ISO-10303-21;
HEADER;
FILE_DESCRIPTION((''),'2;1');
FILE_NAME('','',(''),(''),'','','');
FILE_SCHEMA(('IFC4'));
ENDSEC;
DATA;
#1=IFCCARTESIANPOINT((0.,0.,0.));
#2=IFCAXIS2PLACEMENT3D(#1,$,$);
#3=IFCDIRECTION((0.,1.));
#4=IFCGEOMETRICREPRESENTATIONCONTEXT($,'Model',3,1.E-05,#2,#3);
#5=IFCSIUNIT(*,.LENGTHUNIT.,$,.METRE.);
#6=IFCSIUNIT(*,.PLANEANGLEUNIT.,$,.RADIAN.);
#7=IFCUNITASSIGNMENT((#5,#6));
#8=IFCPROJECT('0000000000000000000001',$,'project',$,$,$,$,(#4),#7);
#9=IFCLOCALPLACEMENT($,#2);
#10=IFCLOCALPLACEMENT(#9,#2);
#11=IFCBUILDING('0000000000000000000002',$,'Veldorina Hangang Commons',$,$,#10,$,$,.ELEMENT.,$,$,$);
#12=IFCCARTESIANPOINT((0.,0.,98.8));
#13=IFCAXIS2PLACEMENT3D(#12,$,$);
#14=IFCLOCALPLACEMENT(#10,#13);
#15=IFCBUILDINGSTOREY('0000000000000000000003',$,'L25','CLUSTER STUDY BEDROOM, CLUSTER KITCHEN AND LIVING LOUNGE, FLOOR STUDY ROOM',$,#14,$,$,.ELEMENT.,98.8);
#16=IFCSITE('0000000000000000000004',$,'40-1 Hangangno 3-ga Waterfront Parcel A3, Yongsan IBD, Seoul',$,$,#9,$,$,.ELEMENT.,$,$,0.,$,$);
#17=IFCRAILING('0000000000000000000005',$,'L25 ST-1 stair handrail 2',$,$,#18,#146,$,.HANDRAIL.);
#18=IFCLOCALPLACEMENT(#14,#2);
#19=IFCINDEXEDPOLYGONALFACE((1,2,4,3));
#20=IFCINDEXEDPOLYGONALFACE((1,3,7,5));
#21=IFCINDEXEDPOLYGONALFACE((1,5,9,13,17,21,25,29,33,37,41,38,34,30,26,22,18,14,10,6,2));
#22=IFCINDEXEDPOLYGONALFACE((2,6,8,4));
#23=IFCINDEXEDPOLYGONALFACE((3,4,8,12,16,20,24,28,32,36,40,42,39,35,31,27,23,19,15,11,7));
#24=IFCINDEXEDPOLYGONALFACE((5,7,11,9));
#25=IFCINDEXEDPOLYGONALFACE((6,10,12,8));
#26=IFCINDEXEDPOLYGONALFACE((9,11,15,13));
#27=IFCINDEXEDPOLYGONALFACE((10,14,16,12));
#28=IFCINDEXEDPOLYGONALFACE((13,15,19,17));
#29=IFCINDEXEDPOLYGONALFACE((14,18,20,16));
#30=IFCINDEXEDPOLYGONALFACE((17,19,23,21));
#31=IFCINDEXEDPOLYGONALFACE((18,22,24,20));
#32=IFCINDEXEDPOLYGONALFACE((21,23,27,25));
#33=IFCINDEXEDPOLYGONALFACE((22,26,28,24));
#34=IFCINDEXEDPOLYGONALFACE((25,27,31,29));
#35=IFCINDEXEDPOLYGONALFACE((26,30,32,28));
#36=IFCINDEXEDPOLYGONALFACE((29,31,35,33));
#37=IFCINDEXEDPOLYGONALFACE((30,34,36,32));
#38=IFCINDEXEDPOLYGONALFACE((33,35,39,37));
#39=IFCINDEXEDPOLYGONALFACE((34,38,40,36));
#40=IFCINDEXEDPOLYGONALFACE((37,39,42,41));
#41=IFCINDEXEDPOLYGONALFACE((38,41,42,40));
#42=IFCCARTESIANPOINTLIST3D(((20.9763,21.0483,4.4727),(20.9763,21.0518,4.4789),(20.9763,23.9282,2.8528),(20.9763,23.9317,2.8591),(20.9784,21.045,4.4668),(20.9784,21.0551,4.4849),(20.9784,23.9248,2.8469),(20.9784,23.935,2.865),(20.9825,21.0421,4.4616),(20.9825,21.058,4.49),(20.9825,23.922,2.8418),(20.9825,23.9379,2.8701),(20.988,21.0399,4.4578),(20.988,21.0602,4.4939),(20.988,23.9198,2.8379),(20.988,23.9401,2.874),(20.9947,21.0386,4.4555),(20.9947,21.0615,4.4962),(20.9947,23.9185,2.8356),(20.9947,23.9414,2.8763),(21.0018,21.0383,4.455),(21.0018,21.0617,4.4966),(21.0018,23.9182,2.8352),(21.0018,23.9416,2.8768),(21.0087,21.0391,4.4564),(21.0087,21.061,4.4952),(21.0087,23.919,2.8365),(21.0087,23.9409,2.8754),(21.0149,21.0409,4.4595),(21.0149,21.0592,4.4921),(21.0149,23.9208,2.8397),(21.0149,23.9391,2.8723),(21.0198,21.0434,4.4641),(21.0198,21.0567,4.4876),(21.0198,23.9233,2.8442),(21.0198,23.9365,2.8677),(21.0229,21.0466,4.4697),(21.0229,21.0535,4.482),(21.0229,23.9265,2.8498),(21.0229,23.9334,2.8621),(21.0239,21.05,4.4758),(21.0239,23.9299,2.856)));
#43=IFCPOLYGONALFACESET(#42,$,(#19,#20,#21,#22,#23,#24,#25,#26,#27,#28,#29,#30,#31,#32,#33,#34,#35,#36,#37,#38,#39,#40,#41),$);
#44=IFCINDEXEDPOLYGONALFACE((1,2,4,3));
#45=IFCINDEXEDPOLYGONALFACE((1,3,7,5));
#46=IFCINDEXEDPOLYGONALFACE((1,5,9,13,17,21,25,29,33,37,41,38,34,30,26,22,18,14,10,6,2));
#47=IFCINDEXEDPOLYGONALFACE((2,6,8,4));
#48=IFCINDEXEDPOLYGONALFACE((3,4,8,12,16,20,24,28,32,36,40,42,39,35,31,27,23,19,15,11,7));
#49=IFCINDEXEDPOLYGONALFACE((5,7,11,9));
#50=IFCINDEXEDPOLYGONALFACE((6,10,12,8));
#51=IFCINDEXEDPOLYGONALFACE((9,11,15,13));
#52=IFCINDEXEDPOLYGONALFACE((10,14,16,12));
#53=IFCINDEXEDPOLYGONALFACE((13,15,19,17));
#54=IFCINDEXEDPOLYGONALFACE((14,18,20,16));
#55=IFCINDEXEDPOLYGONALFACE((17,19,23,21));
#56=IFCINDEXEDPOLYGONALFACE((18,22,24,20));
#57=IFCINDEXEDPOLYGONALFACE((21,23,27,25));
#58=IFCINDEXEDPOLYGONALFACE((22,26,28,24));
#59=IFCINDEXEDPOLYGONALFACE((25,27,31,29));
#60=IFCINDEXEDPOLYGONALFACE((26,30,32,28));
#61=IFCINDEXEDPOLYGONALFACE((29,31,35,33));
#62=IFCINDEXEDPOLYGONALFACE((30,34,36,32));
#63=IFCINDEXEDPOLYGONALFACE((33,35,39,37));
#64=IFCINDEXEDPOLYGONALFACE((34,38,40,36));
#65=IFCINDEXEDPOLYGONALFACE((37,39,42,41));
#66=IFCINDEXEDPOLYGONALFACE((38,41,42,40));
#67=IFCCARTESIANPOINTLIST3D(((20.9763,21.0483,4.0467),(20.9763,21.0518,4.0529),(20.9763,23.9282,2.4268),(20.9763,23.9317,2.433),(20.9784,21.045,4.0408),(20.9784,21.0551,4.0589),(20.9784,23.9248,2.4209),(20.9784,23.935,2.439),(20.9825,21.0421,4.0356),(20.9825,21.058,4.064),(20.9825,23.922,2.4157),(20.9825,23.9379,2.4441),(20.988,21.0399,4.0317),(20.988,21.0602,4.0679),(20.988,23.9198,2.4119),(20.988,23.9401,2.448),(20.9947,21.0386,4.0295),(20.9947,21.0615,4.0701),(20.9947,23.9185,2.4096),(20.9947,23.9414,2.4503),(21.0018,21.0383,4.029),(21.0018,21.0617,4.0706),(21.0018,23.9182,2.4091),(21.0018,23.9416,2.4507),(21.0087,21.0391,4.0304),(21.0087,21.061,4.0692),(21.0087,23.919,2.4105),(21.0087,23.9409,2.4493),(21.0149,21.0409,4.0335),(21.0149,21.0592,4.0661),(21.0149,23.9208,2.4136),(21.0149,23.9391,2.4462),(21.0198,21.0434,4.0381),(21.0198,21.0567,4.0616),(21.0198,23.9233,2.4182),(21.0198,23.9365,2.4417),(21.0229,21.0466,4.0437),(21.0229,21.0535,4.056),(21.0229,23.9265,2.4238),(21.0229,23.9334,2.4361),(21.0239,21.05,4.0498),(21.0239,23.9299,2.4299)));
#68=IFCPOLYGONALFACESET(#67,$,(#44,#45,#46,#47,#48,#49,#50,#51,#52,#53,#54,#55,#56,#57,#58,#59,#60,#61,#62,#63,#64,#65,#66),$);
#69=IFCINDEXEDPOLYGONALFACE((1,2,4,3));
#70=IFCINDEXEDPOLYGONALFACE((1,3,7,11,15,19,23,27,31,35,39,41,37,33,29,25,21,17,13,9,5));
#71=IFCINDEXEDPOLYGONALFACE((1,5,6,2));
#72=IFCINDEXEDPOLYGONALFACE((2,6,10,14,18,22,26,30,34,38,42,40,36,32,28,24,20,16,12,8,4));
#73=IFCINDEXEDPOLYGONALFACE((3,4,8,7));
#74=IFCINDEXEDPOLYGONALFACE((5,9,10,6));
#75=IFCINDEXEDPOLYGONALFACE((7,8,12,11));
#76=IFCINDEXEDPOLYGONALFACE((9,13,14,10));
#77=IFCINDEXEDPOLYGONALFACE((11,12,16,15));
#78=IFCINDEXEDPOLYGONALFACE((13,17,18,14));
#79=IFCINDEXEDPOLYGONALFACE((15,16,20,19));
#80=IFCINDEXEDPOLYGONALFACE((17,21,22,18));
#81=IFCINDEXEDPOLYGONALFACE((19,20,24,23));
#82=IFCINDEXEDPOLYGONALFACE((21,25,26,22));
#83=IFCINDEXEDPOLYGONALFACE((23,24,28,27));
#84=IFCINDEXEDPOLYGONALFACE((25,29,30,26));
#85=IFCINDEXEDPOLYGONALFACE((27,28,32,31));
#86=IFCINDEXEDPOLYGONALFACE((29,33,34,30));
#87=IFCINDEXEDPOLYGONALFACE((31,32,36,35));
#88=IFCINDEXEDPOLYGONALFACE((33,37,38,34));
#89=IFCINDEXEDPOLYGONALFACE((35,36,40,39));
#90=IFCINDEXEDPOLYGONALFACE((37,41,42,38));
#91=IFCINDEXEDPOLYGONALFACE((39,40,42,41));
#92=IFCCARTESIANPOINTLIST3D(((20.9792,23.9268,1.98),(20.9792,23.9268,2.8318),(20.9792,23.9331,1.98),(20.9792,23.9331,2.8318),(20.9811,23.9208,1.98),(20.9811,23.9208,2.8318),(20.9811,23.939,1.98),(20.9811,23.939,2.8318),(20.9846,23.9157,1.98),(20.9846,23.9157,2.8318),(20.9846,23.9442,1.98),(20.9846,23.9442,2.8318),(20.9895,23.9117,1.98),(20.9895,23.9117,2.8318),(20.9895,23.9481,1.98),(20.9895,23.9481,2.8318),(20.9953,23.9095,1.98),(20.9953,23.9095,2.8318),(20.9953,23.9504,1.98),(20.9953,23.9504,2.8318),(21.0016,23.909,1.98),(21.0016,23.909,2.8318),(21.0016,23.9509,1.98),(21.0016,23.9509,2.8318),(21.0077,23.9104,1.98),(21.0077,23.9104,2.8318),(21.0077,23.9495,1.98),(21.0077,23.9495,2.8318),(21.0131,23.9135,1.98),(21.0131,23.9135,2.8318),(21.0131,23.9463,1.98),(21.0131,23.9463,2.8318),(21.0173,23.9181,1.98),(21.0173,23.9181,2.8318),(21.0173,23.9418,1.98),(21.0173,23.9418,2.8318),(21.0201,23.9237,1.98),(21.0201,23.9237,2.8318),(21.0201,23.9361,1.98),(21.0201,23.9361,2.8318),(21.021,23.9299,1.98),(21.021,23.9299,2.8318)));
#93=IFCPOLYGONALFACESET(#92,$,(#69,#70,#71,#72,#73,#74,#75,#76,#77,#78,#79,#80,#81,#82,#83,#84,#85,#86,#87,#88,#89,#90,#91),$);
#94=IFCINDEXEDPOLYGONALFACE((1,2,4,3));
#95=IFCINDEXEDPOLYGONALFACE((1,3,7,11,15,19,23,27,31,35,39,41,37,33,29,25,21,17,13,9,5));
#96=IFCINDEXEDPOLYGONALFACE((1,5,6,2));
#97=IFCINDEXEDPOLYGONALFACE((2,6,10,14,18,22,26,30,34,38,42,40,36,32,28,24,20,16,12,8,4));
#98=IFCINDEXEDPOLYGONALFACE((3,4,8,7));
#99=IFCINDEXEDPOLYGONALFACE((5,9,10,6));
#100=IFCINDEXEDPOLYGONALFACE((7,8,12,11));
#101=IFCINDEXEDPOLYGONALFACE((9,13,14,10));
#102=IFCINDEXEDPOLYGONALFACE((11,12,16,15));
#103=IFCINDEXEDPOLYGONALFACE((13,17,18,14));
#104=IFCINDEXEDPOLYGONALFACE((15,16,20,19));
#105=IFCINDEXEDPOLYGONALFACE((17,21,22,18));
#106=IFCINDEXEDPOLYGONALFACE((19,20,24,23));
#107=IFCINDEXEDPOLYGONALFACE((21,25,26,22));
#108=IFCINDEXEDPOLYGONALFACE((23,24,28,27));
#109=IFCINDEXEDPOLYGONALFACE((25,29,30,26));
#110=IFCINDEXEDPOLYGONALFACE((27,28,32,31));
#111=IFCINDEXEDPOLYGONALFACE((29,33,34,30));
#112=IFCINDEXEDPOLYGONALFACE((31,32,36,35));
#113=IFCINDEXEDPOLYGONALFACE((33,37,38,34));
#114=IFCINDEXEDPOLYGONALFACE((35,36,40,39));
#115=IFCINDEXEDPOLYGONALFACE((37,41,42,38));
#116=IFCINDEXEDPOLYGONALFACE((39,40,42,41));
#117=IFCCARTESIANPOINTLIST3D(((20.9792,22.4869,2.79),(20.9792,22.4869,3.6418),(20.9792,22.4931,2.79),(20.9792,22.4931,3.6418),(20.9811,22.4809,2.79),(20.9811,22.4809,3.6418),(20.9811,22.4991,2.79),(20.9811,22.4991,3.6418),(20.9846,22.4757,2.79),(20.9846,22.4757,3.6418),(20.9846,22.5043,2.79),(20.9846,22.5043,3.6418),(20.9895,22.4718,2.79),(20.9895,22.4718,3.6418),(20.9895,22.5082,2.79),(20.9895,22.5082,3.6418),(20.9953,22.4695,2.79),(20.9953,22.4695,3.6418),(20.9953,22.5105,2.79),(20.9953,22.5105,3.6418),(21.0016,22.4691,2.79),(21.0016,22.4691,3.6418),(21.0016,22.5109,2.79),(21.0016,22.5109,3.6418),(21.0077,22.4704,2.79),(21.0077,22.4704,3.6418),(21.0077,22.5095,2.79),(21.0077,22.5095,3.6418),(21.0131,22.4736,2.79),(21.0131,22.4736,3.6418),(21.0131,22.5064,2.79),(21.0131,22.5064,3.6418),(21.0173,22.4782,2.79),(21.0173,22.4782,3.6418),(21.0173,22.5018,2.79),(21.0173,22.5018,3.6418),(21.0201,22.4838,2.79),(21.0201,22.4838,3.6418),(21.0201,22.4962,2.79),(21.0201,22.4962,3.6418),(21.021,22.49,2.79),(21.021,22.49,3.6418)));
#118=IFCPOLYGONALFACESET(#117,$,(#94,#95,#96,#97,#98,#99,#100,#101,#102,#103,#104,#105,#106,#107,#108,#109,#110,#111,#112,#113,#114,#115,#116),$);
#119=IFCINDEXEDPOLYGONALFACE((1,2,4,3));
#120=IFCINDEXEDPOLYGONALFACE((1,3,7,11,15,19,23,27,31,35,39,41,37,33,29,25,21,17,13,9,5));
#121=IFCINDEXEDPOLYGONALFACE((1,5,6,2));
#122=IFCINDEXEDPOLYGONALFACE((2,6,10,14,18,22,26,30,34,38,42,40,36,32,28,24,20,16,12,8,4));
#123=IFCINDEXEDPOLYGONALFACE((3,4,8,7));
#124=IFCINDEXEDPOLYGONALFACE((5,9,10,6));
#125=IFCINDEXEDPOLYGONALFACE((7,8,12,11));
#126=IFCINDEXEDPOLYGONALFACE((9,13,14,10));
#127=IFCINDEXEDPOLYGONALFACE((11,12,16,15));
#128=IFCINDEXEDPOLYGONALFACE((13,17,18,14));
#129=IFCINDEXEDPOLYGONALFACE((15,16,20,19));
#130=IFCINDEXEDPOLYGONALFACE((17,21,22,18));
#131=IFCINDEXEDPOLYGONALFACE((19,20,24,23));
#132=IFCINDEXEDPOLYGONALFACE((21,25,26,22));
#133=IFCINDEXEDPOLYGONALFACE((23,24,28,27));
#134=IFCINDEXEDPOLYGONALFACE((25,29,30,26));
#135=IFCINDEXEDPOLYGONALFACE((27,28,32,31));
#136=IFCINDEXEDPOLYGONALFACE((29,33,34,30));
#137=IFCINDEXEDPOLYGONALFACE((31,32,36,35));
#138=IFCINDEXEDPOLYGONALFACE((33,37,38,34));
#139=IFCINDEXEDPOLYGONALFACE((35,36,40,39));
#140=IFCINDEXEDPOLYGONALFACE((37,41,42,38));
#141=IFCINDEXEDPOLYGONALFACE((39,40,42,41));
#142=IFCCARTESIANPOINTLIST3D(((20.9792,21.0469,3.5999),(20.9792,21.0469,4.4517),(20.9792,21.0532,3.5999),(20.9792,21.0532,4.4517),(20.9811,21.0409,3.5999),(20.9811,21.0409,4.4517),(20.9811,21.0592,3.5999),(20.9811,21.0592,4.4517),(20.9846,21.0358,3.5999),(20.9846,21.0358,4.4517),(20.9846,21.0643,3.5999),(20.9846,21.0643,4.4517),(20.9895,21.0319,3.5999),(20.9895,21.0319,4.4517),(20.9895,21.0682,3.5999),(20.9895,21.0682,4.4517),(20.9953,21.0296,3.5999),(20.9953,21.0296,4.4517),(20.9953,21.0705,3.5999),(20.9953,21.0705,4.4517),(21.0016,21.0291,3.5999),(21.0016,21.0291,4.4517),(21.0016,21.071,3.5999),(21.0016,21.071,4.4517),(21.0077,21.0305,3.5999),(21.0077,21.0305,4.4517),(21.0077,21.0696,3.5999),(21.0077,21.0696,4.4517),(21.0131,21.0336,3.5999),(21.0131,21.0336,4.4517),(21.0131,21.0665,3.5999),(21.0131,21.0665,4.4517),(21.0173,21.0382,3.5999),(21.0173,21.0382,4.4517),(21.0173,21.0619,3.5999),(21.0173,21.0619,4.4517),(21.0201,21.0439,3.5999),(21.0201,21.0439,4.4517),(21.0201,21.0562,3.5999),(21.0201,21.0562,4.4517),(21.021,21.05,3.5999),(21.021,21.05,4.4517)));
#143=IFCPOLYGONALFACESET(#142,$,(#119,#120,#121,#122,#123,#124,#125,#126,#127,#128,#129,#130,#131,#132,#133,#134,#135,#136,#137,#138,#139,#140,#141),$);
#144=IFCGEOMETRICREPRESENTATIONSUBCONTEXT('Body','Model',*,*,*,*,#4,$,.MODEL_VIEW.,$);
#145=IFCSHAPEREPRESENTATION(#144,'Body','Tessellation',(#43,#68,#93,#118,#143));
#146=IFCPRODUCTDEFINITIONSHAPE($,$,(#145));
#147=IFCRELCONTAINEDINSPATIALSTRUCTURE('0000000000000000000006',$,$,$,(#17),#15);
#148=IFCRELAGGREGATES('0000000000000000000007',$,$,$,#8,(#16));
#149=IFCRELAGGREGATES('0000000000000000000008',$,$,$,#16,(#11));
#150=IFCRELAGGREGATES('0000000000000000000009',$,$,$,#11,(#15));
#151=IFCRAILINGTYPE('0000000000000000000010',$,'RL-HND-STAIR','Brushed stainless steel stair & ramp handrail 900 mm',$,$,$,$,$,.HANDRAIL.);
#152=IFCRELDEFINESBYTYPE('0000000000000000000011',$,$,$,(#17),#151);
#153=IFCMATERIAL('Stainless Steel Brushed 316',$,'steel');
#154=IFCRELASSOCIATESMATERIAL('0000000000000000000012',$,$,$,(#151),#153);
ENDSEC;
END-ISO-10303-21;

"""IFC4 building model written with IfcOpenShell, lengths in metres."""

from ifc_helpers import new_model, si_unit, direction, frame, origin, origin_2d, place, context, subcontext, project, spatial, circle, extrude, material, type_object, element, save


model = new_model("IFC4")

# Units and contexts
model_context = context("Model", 3, precision=1e-05, world=origin(), true_north=direction((0.0, 1.0)))
body_context = subcontext(model_context, "Body", "Model", "MODEL_VIEW")
ifc_project = project(units=[si_unit("LENGTHUNIT", "METRE"), si_unit("PLANEANGLEUNIT", "RADIAN")], contexts=[model_context])

# Site, building, storey
site_placement = place(None, origin())
site = spatial("IfcSite", under=ifc_project, at=site_placement, Name="40-1 Hangangno 3-ga Waterfront Parcel A3, Yongsan IBD, Seoul", CompositionType="ELEMENT", RefElevation=0.0)
building_placement = place(site_placement, origin())
building = spatial("IfcBuilding", under=site, at=building_placement, Name="Veldorina Hangang Commons", CompositionType="ELEMENT")
storey_placement = place(building_placement, frame((0.0, 0.0, 98.8)))
storey = spatial("IfcBuildingStorey", under=building, at=storey_placement, Name="L25", Description="CLUSTER STUDY BEDROOM, CLUSTER KITCHEN AND LIVING LOUNGE, FLOOR STUDY ROOM", CompositionType="ELEMENT", Elevation=98.8)

# Railing
ifc_material_1 = material(Name="Stainless Steel Brushed 316", Category="steel")
railing_type_1 = type_object("IfcRailingType", Name="RL-HND-STAIR", Description="Brushed stainless steel stair & ramp handrail 900 mm", PredefinedType="HANDRAIL", material=ifc_material_1)
railing_1_placement = place(storey_placement, frame((21.0, 23.9299, 1.98)))
element("IfcRailing", 1, at=railing_1_placement, inside=storey, type_object=railing_type_1, Name="L25 ST-1 stair handrail 2", PredefinedType="HANDRAIL", context=body_context, shape_type="SweptSolid", body=[
    extrude(circle(Radius=0.0239, at=origin_2d()), frame((0.0, 0.0, 0.876), z_axis=(0.0, -0.871583, 0.490247), x_axis=(1.0, 0.0, 0.0)), (0.0, 0.0, 1.0), 3.3042),
    extrude(circle(Radius=0.0239, at=origin_2d()), frame((0.0, 0.0, 0.45), z_axis=(0.0, -0.871583, 0.490247), x_axis=(1.0, 0.0, 0.0)), (0.0, 0.0, 1.0), 3.3042),
    extrude(circle(Radius=0.021, at=origin_2d()), origin(), (0.0, 0.0, 1.0), 0.8518),
    extrude(circle(Radius=0.021, at=origin_2d()), frame((0.0, -1.4399, 0.8101)), (0.0, 0.0, 1.0), 0.8518),
    extrude(circle(Radius=0.021, at=origin_2d()), frame((0.0, -2.8799, 1.6199)), (0.0, 0.0, 1.0), 0.8518),
])

save(model, "model.ifc")
